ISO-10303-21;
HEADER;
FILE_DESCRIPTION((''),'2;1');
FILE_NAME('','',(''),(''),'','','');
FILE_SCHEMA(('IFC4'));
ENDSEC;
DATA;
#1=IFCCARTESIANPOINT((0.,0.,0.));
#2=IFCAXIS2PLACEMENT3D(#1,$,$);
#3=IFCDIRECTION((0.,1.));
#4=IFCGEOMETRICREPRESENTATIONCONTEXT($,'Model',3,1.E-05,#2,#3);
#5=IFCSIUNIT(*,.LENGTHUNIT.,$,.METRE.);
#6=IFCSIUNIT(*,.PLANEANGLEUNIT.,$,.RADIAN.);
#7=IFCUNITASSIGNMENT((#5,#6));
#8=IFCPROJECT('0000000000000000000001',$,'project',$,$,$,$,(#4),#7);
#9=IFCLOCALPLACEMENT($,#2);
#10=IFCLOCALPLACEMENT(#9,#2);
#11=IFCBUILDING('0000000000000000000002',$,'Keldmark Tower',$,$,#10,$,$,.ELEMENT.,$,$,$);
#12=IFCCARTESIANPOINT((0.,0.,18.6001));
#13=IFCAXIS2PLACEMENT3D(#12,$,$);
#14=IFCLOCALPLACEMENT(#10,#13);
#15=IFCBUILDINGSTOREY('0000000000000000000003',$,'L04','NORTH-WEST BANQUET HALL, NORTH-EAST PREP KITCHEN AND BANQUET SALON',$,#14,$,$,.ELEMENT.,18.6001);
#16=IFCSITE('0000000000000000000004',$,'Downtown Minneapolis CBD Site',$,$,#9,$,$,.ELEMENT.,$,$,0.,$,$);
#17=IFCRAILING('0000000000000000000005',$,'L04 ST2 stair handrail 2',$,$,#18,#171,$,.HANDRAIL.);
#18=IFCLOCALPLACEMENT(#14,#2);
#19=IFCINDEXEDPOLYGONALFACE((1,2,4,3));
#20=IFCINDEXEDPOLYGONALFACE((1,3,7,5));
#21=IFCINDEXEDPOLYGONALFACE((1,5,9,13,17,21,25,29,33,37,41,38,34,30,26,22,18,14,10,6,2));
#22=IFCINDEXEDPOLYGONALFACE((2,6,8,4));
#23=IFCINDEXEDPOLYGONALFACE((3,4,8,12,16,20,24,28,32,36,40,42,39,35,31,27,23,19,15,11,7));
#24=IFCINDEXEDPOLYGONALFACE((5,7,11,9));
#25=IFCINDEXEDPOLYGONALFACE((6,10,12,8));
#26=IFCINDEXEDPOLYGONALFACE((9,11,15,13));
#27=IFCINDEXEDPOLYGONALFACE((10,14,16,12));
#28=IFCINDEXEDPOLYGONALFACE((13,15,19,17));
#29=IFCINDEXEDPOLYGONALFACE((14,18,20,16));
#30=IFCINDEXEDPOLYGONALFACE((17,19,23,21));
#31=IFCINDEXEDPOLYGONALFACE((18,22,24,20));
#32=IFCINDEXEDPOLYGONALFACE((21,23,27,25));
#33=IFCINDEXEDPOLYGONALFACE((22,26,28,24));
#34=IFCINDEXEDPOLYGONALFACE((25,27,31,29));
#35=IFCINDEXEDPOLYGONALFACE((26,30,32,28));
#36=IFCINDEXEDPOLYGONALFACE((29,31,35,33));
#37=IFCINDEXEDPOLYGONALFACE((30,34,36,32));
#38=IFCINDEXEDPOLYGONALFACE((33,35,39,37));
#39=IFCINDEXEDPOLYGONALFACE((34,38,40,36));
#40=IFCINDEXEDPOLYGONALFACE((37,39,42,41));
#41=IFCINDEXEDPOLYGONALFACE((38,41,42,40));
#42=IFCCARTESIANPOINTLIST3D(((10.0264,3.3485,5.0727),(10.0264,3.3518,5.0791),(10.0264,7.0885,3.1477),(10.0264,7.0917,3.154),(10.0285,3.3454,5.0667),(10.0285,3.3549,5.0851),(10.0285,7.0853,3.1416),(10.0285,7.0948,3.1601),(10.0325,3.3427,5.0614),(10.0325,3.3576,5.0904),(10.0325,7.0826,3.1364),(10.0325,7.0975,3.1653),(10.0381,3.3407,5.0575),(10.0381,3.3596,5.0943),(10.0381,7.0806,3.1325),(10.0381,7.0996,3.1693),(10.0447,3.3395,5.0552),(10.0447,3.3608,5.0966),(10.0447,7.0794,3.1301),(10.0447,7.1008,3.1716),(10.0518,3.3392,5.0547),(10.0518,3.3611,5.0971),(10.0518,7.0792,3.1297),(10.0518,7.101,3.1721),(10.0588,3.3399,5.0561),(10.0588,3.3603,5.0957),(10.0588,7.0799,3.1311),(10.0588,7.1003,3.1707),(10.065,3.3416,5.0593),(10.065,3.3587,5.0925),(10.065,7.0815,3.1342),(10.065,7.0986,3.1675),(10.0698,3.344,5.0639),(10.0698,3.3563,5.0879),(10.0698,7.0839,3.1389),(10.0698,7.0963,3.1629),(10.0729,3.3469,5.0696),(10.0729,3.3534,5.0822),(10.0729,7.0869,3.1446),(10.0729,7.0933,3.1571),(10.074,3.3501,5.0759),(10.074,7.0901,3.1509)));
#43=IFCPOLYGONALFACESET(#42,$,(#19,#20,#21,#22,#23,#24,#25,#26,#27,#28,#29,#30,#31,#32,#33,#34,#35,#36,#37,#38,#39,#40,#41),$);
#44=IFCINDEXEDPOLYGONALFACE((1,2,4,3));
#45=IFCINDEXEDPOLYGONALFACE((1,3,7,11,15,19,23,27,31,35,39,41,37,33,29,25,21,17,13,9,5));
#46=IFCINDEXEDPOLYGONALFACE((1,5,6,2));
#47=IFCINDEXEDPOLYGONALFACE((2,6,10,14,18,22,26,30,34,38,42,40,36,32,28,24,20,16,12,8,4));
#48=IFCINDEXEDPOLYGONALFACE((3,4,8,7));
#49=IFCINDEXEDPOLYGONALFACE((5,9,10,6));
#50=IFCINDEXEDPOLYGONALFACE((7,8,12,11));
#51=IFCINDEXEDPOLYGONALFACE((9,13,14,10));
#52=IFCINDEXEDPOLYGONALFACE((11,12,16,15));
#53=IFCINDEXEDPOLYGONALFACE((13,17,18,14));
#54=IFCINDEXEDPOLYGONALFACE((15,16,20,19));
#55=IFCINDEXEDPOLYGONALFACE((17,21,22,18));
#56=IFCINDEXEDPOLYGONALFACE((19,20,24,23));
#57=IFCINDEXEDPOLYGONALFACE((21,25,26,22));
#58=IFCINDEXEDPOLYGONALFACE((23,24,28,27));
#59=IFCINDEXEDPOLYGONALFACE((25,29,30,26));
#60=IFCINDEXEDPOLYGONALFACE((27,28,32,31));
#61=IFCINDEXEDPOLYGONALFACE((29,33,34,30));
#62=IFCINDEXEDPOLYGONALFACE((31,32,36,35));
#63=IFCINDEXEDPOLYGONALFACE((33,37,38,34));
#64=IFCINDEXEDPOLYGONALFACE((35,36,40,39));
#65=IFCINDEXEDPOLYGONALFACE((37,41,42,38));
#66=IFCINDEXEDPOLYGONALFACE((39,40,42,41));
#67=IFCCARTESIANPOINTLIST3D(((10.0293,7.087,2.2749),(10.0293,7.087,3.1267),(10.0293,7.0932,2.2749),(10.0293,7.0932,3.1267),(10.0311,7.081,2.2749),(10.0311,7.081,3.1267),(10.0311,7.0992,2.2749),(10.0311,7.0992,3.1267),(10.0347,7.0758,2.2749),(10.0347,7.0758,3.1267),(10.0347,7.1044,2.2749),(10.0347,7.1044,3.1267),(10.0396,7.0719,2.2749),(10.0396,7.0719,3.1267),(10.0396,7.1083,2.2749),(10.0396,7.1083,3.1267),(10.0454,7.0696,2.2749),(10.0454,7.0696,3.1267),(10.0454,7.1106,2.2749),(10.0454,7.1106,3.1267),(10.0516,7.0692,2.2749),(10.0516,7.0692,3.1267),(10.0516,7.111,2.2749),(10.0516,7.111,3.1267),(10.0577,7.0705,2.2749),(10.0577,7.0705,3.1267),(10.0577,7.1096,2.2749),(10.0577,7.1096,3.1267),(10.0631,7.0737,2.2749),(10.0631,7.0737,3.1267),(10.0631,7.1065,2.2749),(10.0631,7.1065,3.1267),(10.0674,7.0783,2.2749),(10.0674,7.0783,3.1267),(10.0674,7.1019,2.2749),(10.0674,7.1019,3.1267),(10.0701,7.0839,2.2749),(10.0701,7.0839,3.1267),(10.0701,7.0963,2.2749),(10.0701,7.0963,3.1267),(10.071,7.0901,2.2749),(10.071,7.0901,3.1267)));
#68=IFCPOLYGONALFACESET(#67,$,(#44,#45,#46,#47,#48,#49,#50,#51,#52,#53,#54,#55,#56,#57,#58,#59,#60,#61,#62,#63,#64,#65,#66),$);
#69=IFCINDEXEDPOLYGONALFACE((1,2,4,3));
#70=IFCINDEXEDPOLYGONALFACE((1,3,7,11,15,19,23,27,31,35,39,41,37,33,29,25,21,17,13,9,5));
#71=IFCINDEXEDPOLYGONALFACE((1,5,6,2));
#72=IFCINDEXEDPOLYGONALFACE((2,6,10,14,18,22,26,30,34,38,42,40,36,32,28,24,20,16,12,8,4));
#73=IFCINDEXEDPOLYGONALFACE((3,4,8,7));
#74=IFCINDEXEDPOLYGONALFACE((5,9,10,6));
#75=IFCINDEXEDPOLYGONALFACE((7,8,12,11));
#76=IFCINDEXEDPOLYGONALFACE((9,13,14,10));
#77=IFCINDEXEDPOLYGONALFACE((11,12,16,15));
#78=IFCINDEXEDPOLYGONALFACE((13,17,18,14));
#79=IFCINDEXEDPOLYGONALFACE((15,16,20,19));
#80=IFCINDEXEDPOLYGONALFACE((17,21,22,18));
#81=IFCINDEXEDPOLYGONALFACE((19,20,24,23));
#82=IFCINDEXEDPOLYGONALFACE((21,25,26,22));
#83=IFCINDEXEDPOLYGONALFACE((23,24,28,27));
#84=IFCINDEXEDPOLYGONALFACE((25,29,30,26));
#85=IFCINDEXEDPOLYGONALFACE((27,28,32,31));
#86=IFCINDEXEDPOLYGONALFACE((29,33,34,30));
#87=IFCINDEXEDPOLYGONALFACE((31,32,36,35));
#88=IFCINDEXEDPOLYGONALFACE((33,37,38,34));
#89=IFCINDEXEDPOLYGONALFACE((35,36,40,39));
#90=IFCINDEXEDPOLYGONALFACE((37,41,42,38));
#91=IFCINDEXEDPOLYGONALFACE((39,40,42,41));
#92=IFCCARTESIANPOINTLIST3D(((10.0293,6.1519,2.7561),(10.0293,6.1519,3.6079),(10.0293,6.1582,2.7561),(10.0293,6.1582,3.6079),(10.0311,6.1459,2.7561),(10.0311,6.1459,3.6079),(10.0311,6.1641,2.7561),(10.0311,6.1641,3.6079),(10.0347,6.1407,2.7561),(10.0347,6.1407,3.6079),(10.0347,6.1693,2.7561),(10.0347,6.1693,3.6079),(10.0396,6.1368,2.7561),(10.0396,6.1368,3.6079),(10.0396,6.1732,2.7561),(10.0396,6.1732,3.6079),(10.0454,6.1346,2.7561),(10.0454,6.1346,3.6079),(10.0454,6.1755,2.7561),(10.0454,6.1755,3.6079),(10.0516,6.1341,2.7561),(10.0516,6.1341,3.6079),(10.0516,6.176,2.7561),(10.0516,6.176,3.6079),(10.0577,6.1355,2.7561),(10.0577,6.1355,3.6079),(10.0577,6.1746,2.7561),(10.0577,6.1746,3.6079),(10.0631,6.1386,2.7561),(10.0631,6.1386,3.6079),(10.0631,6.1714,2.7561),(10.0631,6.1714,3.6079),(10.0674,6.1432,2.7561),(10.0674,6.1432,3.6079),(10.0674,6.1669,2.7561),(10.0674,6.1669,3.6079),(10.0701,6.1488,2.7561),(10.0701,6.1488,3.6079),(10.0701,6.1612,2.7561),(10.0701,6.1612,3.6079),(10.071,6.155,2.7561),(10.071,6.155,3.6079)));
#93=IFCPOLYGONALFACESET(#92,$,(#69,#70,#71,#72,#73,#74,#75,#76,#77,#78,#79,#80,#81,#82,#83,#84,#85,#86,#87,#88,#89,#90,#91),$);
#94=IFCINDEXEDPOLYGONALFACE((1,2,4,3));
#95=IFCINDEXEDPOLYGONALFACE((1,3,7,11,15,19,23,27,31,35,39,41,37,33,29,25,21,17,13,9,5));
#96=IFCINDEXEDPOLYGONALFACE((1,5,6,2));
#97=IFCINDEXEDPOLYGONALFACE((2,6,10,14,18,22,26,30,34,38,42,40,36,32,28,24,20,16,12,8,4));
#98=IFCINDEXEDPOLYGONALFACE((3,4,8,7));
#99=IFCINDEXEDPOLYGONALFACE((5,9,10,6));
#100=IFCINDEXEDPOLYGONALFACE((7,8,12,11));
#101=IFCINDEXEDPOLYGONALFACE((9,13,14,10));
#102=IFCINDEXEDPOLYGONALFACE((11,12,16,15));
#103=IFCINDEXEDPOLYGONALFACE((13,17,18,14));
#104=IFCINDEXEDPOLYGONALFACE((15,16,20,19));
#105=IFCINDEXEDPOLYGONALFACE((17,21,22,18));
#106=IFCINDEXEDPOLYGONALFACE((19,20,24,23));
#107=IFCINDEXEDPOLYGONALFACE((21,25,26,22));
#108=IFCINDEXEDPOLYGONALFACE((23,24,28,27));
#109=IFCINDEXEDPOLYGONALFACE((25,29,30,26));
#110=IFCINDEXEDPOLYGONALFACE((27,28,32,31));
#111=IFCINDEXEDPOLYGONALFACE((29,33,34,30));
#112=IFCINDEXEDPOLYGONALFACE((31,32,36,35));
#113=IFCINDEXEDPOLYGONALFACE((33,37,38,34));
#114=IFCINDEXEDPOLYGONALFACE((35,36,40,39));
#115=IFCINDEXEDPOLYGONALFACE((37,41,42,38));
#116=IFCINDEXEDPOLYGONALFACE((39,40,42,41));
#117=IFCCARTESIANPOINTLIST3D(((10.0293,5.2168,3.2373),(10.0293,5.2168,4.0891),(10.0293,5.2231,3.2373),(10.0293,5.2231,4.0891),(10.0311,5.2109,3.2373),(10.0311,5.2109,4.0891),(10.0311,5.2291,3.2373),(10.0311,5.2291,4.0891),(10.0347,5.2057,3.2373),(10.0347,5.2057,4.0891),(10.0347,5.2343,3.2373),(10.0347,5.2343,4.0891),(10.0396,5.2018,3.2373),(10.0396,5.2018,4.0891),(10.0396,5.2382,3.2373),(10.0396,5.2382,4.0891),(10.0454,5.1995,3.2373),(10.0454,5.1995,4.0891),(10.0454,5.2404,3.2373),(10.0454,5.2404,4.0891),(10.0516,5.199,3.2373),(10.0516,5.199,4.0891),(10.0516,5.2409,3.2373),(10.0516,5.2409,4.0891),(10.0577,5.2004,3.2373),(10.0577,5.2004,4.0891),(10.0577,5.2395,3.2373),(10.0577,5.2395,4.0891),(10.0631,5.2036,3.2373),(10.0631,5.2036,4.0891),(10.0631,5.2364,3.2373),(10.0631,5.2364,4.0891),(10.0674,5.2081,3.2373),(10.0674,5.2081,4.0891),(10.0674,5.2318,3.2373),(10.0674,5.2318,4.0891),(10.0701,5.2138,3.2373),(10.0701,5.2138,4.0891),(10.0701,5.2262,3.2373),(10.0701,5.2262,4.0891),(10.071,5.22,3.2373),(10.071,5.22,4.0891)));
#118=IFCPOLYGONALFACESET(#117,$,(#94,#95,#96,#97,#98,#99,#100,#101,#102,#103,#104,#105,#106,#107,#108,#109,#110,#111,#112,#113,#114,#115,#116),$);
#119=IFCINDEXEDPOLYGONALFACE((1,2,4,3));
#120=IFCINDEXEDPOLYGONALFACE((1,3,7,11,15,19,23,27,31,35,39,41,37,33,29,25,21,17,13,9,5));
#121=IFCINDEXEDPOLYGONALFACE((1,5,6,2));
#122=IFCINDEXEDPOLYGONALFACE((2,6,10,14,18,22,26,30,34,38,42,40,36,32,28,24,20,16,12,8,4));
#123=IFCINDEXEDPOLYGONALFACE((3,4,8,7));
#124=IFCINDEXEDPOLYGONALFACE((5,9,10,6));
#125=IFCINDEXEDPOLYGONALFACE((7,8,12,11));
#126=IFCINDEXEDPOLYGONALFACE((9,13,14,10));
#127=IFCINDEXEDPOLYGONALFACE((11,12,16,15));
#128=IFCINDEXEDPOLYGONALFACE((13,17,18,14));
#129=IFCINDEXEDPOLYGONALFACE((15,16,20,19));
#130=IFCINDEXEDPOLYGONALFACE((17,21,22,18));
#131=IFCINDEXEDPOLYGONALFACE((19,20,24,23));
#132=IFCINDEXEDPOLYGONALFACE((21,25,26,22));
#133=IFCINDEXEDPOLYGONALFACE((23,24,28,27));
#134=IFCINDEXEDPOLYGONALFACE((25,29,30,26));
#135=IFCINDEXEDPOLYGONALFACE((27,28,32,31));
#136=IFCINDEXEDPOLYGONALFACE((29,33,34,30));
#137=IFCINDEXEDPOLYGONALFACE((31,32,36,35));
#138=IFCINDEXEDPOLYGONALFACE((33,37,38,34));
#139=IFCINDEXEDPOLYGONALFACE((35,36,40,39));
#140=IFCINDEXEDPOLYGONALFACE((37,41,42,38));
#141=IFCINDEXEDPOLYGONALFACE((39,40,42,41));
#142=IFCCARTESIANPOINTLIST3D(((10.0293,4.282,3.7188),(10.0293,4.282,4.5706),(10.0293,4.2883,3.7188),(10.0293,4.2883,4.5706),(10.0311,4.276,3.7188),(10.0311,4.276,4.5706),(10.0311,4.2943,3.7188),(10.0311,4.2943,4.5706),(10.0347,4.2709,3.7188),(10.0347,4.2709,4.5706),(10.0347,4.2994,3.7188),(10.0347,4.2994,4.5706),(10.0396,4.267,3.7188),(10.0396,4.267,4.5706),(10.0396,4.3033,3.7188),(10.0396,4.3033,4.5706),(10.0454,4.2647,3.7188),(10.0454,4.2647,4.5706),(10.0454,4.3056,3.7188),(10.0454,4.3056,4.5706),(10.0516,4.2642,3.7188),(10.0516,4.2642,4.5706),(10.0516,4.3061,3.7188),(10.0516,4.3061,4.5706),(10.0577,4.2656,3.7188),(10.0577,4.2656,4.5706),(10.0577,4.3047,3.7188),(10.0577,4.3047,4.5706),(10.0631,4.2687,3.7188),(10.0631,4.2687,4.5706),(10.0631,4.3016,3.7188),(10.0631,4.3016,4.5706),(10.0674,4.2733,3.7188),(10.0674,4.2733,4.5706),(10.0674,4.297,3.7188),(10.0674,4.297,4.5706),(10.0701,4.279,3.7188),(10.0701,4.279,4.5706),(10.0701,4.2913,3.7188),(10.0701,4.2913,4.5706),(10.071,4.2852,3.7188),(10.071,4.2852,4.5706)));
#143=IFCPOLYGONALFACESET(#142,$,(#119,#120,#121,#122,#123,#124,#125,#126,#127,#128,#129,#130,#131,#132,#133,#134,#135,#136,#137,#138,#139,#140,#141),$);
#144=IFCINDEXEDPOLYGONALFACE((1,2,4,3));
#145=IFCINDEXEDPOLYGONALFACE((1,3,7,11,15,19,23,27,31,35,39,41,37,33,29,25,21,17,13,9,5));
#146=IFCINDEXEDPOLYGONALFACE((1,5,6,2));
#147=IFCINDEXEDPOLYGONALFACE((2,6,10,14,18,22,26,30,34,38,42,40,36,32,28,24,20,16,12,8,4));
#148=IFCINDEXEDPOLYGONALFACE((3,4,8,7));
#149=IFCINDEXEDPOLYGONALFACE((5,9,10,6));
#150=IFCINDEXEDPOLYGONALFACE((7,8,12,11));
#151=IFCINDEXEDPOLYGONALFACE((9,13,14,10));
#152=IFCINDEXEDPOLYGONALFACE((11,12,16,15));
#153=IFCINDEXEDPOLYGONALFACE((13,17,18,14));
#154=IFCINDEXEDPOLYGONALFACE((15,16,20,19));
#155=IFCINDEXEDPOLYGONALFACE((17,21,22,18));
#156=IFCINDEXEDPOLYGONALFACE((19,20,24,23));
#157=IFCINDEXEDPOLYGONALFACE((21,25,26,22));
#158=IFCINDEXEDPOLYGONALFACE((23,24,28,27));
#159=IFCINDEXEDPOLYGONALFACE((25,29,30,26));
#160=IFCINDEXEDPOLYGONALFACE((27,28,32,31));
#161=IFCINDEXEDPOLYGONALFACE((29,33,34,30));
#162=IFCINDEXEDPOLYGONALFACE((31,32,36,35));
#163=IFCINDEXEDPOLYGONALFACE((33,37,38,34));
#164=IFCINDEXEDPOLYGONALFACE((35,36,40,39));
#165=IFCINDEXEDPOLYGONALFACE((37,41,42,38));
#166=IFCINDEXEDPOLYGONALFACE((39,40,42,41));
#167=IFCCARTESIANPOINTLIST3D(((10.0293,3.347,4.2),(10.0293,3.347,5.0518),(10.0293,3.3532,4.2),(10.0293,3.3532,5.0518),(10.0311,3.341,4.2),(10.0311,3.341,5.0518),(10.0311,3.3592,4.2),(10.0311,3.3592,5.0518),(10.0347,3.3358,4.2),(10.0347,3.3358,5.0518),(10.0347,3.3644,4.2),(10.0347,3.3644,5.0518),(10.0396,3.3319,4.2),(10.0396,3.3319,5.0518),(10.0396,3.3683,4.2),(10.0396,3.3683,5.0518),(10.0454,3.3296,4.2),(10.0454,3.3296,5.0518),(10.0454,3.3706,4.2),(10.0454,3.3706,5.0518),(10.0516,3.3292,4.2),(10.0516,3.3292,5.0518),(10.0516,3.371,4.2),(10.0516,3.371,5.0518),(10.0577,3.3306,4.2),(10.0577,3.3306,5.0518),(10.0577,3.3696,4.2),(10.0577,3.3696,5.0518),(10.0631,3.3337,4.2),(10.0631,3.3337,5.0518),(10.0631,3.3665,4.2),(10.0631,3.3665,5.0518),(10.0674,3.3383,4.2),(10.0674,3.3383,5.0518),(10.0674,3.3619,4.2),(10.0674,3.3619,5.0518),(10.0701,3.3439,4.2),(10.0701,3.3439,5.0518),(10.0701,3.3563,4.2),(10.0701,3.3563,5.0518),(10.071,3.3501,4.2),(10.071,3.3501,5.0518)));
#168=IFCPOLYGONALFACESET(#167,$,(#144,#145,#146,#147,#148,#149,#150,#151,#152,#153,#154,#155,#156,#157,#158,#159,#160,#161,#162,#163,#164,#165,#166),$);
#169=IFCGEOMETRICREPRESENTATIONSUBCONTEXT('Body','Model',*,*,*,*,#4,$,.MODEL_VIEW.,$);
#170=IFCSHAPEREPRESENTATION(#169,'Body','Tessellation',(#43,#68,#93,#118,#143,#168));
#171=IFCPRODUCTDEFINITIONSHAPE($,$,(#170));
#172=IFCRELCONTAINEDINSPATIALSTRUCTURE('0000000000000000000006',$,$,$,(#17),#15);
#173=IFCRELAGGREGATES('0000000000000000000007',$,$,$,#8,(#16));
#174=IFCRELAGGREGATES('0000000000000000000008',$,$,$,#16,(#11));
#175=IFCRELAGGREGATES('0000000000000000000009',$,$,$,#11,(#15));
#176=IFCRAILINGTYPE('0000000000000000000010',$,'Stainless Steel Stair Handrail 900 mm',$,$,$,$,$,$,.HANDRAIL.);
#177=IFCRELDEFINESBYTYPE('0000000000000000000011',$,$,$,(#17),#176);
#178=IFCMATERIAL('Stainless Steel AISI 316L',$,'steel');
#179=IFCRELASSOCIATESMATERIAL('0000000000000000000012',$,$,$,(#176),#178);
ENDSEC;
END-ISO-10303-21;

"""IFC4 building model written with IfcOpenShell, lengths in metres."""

from ifc_helpers import new_model, si_unit, direction, frame, origin, origin_2d, place, context, subcontext, project, spatial, circle, extrude, material, type_object, element, save


model = new_model("IFC4")

# Units and contexts
model_context = context("Model", 3, precision=1e-05, world=origin(), true_north=direction((0.0, 1.0)))
body_context = subcontext(model_context, "Body", "Model", "MODEL_VIEW")
ifc_project = project(units=[si_unit("LENGTHUNIT", "METRE"), si_unit("PLANEANGLEUNIT", "RADIAN")], contexts=[model_context])

# Site, building, storey
site_placement = place(None, origin())
site = spatial("IfcSite", under=ifc_project, at=site_placement, Name="Downtown Minneapolis CBD Site", CompositionType="ELEMENT", RefElevation=0.0)
building_placement = place(site_placement, origin())
building = spatial("IfcBuilding", under=site, at=building_placement, Name="Keldmark Tower", CompositionType="ELEMENT")
storey_placement = place(building_placement, frame((0.0, 0.0, 18.6001)))
storey = spatial("IfcBuildingStorey", under=building, at=storey_placement, Name="L04", Description="NORTH-WEST BANQUET HALL, NORTH-EAST PREP KITCHEN AND BANQUET SALON", CompositionType="ELEMENT", Elevation=18.6001)

# Railing
ifc_material_1 = material(Name="Stainless Steel AISI 316L", Category="steel")
railing_type_1 = type_object("IfcRailingType", Name="Stainless Steel Stair Handrail 900 mm", PredefinedType="HANDRAIL", material=ifc_material_1)
railing_1_placement = place(storey_placement, frame((10.05, 7.0901, 2.2749)))
element("IfcRailing", 1, at=railing_1_placement, inside=storey, type_object=railing_type_1, Name="L04 ST2 stair handrail 2", PredefinedType="HANDRAIL", context=body_context, shape_type="SweptSolid", body=[
    extrude(circle(Radius=0.0239, at=origin_2d()), frame((0.0, 0.0, 0.876), z_axis=(0.0, -0.889131, 0.457654), x_axis=(1.0, 0.0, 0.0)), (0.0, 0.0, 1.0), 4.2063),
    extrude(circle(Radius=0.021, at=origin_2d()), origin(), (0.0, 0.0, 1.0), 0.8518),
    extrude(circle(Radius=0.021, at=origin_2d()), frame((0.0, -0.9351, 0.4812)), (0.0, 0.0, 1.0), 0.8518),
    extrude(circle(Radius=0.021, at=origin_2d()), frame((0.0, -1.8701, 0.9624)), (0.0, 0.0, 1.0), 0.8518),
    extrude(circle(Radius=0.021, at=origin_2d()), frame((0.0, -2.8049, 1.4438)), (0.0, 0.0, 1.0), 0.8518),
    extrude(circle(Radius=0.021, at=origin_2d()), frame((0.0, -3.74, 1.925)), (0.0, 0.0, 1.0), 0.8518),
])

save(model, "model.ifc")
